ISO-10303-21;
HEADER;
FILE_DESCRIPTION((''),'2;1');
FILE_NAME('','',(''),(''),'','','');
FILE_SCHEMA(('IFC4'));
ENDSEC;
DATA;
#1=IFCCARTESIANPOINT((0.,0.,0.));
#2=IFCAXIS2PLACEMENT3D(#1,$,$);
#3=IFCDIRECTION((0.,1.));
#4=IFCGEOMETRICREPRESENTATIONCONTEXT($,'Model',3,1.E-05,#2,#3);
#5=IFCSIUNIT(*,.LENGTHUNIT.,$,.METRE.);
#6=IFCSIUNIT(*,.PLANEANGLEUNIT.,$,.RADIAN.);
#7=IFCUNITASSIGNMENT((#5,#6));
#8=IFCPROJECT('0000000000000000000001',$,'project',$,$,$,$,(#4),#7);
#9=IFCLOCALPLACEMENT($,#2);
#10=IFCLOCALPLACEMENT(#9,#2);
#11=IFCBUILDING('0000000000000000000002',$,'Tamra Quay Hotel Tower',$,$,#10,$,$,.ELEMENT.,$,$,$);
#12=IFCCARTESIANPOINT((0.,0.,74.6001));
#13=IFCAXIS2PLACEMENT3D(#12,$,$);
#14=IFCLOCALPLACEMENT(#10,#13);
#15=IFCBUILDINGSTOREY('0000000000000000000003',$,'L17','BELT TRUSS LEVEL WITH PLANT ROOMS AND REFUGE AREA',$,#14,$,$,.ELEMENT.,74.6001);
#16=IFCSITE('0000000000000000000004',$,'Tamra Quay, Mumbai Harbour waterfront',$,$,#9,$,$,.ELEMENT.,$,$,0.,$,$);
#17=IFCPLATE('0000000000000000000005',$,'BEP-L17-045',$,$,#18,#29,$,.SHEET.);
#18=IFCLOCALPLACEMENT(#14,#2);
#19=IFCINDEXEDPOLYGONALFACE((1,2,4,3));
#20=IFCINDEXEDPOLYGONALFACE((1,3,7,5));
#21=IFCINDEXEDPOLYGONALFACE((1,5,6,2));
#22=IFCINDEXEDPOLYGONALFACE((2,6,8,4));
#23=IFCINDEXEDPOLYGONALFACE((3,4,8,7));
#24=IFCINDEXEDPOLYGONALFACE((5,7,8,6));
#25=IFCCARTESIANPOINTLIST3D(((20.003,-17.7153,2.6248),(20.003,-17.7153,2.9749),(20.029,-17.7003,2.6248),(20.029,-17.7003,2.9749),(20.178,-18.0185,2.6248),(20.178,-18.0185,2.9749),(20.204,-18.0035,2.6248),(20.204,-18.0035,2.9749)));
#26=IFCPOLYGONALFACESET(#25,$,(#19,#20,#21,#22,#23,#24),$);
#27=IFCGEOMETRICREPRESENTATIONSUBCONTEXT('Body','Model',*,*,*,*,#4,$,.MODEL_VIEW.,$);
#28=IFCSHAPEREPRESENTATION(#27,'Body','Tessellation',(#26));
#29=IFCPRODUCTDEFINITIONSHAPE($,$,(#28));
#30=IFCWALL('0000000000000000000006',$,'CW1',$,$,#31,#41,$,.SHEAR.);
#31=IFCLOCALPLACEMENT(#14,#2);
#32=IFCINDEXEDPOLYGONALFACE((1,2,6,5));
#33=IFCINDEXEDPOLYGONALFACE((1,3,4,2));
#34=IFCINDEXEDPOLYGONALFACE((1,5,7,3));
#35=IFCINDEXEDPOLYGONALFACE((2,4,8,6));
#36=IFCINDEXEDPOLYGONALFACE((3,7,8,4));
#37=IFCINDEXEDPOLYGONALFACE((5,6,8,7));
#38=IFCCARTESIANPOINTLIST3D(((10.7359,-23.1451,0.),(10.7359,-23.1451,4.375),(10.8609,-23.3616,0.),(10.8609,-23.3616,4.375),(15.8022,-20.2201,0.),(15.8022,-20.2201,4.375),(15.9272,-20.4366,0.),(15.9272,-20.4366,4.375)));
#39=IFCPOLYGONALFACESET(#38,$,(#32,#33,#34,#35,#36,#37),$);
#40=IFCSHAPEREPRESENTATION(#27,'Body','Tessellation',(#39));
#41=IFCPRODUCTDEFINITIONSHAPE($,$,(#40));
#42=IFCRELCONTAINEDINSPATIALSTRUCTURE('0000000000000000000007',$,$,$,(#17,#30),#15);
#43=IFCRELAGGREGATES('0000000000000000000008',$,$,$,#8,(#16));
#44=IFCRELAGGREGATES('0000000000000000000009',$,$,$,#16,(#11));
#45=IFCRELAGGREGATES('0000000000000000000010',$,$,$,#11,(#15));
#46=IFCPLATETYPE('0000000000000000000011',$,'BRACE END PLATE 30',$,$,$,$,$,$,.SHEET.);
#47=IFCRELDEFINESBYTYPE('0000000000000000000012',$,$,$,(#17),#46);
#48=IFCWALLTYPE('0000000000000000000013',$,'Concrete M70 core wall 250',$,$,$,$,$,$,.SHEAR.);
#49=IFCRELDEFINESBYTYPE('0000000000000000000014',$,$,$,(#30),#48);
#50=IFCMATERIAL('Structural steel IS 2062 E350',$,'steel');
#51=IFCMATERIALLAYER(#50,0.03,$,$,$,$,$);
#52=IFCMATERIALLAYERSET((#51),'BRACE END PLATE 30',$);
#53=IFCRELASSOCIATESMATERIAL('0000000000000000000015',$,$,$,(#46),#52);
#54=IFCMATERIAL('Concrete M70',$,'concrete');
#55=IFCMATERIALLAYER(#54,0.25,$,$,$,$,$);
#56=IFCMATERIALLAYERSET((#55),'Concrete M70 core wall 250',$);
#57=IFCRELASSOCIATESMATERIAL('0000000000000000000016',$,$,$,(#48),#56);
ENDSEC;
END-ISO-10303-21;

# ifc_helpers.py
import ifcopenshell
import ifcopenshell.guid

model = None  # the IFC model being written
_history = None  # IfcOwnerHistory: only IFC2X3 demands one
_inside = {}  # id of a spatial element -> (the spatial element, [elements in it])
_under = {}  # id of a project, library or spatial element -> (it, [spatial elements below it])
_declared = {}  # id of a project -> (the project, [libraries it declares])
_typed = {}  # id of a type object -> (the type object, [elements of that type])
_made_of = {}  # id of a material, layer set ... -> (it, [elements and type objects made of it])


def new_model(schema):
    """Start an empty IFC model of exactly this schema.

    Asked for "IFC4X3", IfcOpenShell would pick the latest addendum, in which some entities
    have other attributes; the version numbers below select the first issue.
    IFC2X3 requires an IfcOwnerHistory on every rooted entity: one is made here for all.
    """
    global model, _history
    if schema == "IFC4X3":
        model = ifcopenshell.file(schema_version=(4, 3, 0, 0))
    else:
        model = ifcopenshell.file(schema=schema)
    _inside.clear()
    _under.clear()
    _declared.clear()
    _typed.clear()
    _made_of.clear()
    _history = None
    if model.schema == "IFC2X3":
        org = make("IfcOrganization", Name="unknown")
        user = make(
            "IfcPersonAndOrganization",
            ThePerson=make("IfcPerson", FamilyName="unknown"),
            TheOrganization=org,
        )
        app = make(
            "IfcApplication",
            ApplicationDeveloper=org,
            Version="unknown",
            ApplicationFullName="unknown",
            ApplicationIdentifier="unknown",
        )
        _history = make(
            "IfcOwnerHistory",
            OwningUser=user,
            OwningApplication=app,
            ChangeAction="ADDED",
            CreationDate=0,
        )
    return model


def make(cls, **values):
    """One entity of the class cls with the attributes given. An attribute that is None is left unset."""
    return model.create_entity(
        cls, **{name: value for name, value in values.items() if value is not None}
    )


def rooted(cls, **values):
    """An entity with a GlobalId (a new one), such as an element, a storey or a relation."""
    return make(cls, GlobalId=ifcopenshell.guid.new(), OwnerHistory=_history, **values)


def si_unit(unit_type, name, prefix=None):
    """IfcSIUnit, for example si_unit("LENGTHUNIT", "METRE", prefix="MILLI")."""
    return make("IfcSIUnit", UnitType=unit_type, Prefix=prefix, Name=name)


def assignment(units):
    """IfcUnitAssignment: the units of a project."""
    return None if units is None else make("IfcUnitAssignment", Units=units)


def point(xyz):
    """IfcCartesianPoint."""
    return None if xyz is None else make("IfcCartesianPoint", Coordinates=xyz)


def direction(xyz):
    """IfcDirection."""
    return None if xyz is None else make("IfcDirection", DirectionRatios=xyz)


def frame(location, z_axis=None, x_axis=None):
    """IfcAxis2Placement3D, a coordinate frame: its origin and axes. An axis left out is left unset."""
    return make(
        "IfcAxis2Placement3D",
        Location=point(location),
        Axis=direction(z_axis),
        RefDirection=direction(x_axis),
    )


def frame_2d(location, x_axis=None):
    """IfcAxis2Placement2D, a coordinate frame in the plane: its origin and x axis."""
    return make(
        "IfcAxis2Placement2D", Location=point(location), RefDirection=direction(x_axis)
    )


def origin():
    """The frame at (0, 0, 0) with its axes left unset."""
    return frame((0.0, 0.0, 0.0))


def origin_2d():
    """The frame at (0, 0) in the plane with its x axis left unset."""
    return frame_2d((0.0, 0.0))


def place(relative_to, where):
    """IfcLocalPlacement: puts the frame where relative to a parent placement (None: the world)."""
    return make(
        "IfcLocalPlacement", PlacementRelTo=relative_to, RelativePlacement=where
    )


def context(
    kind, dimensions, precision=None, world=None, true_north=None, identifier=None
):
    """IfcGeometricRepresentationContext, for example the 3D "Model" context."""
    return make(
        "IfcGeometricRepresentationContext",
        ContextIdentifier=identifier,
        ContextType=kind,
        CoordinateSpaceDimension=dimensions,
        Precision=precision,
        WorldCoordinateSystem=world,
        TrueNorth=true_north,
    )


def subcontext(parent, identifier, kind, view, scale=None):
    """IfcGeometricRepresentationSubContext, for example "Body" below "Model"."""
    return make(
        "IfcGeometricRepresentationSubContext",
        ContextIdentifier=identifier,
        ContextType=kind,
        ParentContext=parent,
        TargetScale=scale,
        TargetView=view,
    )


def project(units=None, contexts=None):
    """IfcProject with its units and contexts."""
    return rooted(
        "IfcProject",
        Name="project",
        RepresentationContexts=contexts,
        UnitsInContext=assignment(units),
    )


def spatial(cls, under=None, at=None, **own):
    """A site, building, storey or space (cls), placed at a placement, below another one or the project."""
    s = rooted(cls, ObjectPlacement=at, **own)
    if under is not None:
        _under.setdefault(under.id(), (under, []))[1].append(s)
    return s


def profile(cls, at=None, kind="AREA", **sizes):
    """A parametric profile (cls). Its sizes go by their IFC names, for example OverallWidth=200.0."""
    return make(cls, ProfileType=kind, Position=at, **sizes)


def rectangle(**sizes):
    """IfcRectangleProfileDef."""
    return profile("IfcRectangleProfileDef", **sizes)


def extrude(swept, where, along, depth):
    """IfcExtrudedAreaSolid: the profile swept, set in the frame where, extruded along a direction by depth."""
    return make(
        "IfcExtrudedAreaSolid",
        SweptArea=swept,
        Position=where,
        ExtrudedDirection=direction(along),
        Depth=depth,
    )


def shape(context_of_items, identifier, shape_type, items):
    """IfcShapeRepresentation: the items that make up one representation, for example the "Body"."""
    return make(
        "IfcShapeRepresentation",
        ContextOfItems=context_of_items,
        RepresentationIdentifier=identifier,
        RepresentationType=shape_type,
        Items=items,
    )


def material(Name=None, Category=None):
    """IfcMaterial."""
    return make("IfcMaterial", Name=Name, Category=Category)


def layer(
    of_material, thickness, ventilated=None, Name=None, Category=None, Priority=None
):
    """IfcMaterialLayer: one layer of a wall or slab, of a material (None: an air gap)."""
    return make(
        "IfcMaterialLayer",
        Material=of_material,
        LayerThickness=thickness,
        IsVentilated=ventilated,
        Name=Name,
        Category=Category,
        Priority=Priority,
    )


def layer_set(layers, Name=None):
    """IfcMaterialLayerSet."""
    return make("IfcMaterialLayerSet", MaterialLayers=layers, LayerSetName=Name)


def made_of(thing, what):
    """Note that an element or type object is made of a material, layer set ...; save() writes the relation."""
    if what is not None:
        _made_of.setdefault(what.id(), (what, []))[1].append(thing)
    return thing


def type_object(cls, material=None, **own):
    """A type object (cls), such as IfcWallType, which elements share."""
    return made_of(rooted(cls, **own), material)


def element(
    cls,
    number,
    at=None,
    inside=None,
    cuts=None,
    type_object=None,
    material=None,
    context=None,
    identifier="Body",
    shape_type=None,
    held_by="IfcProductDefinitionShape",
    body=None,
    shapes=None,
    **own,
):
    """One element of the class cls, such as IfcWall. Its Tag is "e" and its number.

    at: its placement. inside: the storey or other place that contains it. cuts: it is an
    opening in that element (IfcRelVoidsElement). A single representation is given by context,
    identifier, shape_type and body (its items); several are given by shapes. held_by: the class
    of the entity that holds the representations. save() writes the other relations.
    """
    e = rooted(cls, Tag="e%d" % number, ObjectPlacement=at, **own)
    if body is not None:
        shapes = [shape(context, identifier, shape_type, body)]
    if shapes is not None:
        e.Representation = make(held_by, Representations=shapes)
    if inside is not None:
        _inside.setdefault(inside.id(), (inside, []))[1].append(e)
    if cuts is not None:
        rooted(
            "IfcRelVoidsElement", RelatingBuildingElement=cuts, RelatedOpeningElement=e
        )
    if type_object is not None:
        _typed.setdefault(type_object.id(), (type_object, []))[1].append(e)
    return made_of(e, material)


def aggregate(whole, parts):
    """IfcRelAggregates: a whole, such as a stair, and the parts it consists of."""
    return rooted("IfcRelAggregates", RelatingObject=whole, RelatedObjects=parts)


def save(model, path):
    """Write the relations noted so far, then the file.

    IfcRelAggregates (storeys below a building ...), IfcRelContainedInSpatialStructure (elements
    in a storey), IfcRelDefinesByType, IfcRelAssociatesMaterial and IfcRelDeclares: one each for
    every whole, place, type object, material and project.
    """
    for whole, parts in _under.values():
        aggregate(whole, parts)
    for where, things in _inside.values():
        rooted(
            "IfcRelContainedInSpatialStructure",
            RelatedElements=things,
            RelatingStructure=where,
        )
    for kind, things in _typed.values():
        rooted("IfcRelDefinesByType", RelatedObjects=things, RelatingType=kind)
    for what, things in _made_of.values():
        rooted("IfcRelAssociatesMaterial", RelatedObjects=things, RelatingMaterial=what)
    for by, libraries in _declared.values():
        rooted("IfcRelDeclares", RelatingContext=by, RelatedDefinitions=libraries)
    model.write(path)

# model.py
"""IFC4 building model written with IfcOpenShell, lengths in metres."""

from ifc_helpers import new_model, si_unit, direction, frame, frame_2d, origin, origin_2d, place, context, subcontext, project, spatial, rectangle, extrude, material, layer, layer_set, type_object, element, save


model = new_model("IFC4")

# Units and contexts
model_context = context("Model", 3, precision=1e-05, world=origin(), true_north=direction((0.0, 1.0)))
body_context = subcontext(model_context, "Body", "Model", "MODEL_VIEW")
ifc_project = project(units=[si_unit("LENGTHUNIT", "METRE"), si_unit("PLANEANGLEUNIT", "RADIAN")], contexts=[model_context])

# Site, building, storey
site_placement = place(None, origin())
site = spatial("IfcSite", under=ifc_project, at=site_placement, Name="Tamra Quay, Mumbai Harbour waterfront", CompositionType="ELEMENT", RefElevation=0.0)
building_placement = place(site_placement, origin())
building = spatial("IfcBuilding", under=site, at=building_placement, Name="Tamra Quay Hotel Tower", CompositionType="ELEMENT")
storey_placement = place(building_placement, frame((0.0, 0.0, 74.6001)))
storey = spatial("IfcBuildingStorey", under=building, at=storey_placement, Name="L17", Description="BELT TRUSS LEVEL WITH PLANT ROOMS AND REFUGE AREA", CompositionType="ELEMENT", Elevation=74.6001)

# Shared definitions
ifc_material_1 = material(Name="Concrete M70", Category="concrete")

# Shared definitions
ifc_material_2 = material(Name="Structural steel IS 2062 E350", Category="steel")

# Plate
ifc_layer_1 = layer(ifc_material_2, 0.03)
ifc_layer_set_1 = layer_set([ifc_layer_1], Name="BRACE END PLATE 30")
plate_type = type_object("IfcPlateType", Name="BRACE END PLATE 30", PredefinedType="SHEET", material=ifc_layer_set_1)
for number, where, z_axis, x_axis, name in (
    (1, (20.1035, -17.8594, 2.6248), (0.0, 0.0, 1.0), (0.866104, 0.499864, 0.0), "BEP-L17-045"),
):
    element("IfcPlate", number, at=place(storey_placement, frame(where, z_axis=z_axis, x_axis=x_axis)), inside=storey, type_object=plate_type, Name=name, PredefinedType="SHEET", context=body_context, shape_type="SweptSolid", body=[
        extrude(rectangle(XDim=0.03, YDim=0.3501, at=origin_2d()), origin(), (0.0, 0.0, 1.0), 0.3501),
    ])

# Wall
ifc_layer_2 = layer(ifc_material_1, 0.25)
ifc_layer_set_2 = layer_set([ifc_layer_2], Name="Concrete M70 core wall 250")
wall_type = type_object("IfcWallType", Name="Concrete M70 core wall 250", PredefinedType="SHEAR", material=ifc_layer_set_2)
wall_placement = place(storey_placement, frame((15.8647, -20.3284, 0.0), z_axis=(0.0, 0.0, 1.0), x_axis=(-0.866029, -0.499995, 0.0)))
element("IfcWall", 2, at=wall_placement, inside=storey, type_object=wall_type, Name="CW1", PredefinedType="SHEAR", context=body_context, shape_type="SweptSolid", body=[
    extrude(rectangle(XDim=5.8501, YDim=0.25, at=frame_2d((2.925, 0.0))), origin(), (0.0, 0.0, 1.0), 4.375),
])

save(model, "model.ifc")
